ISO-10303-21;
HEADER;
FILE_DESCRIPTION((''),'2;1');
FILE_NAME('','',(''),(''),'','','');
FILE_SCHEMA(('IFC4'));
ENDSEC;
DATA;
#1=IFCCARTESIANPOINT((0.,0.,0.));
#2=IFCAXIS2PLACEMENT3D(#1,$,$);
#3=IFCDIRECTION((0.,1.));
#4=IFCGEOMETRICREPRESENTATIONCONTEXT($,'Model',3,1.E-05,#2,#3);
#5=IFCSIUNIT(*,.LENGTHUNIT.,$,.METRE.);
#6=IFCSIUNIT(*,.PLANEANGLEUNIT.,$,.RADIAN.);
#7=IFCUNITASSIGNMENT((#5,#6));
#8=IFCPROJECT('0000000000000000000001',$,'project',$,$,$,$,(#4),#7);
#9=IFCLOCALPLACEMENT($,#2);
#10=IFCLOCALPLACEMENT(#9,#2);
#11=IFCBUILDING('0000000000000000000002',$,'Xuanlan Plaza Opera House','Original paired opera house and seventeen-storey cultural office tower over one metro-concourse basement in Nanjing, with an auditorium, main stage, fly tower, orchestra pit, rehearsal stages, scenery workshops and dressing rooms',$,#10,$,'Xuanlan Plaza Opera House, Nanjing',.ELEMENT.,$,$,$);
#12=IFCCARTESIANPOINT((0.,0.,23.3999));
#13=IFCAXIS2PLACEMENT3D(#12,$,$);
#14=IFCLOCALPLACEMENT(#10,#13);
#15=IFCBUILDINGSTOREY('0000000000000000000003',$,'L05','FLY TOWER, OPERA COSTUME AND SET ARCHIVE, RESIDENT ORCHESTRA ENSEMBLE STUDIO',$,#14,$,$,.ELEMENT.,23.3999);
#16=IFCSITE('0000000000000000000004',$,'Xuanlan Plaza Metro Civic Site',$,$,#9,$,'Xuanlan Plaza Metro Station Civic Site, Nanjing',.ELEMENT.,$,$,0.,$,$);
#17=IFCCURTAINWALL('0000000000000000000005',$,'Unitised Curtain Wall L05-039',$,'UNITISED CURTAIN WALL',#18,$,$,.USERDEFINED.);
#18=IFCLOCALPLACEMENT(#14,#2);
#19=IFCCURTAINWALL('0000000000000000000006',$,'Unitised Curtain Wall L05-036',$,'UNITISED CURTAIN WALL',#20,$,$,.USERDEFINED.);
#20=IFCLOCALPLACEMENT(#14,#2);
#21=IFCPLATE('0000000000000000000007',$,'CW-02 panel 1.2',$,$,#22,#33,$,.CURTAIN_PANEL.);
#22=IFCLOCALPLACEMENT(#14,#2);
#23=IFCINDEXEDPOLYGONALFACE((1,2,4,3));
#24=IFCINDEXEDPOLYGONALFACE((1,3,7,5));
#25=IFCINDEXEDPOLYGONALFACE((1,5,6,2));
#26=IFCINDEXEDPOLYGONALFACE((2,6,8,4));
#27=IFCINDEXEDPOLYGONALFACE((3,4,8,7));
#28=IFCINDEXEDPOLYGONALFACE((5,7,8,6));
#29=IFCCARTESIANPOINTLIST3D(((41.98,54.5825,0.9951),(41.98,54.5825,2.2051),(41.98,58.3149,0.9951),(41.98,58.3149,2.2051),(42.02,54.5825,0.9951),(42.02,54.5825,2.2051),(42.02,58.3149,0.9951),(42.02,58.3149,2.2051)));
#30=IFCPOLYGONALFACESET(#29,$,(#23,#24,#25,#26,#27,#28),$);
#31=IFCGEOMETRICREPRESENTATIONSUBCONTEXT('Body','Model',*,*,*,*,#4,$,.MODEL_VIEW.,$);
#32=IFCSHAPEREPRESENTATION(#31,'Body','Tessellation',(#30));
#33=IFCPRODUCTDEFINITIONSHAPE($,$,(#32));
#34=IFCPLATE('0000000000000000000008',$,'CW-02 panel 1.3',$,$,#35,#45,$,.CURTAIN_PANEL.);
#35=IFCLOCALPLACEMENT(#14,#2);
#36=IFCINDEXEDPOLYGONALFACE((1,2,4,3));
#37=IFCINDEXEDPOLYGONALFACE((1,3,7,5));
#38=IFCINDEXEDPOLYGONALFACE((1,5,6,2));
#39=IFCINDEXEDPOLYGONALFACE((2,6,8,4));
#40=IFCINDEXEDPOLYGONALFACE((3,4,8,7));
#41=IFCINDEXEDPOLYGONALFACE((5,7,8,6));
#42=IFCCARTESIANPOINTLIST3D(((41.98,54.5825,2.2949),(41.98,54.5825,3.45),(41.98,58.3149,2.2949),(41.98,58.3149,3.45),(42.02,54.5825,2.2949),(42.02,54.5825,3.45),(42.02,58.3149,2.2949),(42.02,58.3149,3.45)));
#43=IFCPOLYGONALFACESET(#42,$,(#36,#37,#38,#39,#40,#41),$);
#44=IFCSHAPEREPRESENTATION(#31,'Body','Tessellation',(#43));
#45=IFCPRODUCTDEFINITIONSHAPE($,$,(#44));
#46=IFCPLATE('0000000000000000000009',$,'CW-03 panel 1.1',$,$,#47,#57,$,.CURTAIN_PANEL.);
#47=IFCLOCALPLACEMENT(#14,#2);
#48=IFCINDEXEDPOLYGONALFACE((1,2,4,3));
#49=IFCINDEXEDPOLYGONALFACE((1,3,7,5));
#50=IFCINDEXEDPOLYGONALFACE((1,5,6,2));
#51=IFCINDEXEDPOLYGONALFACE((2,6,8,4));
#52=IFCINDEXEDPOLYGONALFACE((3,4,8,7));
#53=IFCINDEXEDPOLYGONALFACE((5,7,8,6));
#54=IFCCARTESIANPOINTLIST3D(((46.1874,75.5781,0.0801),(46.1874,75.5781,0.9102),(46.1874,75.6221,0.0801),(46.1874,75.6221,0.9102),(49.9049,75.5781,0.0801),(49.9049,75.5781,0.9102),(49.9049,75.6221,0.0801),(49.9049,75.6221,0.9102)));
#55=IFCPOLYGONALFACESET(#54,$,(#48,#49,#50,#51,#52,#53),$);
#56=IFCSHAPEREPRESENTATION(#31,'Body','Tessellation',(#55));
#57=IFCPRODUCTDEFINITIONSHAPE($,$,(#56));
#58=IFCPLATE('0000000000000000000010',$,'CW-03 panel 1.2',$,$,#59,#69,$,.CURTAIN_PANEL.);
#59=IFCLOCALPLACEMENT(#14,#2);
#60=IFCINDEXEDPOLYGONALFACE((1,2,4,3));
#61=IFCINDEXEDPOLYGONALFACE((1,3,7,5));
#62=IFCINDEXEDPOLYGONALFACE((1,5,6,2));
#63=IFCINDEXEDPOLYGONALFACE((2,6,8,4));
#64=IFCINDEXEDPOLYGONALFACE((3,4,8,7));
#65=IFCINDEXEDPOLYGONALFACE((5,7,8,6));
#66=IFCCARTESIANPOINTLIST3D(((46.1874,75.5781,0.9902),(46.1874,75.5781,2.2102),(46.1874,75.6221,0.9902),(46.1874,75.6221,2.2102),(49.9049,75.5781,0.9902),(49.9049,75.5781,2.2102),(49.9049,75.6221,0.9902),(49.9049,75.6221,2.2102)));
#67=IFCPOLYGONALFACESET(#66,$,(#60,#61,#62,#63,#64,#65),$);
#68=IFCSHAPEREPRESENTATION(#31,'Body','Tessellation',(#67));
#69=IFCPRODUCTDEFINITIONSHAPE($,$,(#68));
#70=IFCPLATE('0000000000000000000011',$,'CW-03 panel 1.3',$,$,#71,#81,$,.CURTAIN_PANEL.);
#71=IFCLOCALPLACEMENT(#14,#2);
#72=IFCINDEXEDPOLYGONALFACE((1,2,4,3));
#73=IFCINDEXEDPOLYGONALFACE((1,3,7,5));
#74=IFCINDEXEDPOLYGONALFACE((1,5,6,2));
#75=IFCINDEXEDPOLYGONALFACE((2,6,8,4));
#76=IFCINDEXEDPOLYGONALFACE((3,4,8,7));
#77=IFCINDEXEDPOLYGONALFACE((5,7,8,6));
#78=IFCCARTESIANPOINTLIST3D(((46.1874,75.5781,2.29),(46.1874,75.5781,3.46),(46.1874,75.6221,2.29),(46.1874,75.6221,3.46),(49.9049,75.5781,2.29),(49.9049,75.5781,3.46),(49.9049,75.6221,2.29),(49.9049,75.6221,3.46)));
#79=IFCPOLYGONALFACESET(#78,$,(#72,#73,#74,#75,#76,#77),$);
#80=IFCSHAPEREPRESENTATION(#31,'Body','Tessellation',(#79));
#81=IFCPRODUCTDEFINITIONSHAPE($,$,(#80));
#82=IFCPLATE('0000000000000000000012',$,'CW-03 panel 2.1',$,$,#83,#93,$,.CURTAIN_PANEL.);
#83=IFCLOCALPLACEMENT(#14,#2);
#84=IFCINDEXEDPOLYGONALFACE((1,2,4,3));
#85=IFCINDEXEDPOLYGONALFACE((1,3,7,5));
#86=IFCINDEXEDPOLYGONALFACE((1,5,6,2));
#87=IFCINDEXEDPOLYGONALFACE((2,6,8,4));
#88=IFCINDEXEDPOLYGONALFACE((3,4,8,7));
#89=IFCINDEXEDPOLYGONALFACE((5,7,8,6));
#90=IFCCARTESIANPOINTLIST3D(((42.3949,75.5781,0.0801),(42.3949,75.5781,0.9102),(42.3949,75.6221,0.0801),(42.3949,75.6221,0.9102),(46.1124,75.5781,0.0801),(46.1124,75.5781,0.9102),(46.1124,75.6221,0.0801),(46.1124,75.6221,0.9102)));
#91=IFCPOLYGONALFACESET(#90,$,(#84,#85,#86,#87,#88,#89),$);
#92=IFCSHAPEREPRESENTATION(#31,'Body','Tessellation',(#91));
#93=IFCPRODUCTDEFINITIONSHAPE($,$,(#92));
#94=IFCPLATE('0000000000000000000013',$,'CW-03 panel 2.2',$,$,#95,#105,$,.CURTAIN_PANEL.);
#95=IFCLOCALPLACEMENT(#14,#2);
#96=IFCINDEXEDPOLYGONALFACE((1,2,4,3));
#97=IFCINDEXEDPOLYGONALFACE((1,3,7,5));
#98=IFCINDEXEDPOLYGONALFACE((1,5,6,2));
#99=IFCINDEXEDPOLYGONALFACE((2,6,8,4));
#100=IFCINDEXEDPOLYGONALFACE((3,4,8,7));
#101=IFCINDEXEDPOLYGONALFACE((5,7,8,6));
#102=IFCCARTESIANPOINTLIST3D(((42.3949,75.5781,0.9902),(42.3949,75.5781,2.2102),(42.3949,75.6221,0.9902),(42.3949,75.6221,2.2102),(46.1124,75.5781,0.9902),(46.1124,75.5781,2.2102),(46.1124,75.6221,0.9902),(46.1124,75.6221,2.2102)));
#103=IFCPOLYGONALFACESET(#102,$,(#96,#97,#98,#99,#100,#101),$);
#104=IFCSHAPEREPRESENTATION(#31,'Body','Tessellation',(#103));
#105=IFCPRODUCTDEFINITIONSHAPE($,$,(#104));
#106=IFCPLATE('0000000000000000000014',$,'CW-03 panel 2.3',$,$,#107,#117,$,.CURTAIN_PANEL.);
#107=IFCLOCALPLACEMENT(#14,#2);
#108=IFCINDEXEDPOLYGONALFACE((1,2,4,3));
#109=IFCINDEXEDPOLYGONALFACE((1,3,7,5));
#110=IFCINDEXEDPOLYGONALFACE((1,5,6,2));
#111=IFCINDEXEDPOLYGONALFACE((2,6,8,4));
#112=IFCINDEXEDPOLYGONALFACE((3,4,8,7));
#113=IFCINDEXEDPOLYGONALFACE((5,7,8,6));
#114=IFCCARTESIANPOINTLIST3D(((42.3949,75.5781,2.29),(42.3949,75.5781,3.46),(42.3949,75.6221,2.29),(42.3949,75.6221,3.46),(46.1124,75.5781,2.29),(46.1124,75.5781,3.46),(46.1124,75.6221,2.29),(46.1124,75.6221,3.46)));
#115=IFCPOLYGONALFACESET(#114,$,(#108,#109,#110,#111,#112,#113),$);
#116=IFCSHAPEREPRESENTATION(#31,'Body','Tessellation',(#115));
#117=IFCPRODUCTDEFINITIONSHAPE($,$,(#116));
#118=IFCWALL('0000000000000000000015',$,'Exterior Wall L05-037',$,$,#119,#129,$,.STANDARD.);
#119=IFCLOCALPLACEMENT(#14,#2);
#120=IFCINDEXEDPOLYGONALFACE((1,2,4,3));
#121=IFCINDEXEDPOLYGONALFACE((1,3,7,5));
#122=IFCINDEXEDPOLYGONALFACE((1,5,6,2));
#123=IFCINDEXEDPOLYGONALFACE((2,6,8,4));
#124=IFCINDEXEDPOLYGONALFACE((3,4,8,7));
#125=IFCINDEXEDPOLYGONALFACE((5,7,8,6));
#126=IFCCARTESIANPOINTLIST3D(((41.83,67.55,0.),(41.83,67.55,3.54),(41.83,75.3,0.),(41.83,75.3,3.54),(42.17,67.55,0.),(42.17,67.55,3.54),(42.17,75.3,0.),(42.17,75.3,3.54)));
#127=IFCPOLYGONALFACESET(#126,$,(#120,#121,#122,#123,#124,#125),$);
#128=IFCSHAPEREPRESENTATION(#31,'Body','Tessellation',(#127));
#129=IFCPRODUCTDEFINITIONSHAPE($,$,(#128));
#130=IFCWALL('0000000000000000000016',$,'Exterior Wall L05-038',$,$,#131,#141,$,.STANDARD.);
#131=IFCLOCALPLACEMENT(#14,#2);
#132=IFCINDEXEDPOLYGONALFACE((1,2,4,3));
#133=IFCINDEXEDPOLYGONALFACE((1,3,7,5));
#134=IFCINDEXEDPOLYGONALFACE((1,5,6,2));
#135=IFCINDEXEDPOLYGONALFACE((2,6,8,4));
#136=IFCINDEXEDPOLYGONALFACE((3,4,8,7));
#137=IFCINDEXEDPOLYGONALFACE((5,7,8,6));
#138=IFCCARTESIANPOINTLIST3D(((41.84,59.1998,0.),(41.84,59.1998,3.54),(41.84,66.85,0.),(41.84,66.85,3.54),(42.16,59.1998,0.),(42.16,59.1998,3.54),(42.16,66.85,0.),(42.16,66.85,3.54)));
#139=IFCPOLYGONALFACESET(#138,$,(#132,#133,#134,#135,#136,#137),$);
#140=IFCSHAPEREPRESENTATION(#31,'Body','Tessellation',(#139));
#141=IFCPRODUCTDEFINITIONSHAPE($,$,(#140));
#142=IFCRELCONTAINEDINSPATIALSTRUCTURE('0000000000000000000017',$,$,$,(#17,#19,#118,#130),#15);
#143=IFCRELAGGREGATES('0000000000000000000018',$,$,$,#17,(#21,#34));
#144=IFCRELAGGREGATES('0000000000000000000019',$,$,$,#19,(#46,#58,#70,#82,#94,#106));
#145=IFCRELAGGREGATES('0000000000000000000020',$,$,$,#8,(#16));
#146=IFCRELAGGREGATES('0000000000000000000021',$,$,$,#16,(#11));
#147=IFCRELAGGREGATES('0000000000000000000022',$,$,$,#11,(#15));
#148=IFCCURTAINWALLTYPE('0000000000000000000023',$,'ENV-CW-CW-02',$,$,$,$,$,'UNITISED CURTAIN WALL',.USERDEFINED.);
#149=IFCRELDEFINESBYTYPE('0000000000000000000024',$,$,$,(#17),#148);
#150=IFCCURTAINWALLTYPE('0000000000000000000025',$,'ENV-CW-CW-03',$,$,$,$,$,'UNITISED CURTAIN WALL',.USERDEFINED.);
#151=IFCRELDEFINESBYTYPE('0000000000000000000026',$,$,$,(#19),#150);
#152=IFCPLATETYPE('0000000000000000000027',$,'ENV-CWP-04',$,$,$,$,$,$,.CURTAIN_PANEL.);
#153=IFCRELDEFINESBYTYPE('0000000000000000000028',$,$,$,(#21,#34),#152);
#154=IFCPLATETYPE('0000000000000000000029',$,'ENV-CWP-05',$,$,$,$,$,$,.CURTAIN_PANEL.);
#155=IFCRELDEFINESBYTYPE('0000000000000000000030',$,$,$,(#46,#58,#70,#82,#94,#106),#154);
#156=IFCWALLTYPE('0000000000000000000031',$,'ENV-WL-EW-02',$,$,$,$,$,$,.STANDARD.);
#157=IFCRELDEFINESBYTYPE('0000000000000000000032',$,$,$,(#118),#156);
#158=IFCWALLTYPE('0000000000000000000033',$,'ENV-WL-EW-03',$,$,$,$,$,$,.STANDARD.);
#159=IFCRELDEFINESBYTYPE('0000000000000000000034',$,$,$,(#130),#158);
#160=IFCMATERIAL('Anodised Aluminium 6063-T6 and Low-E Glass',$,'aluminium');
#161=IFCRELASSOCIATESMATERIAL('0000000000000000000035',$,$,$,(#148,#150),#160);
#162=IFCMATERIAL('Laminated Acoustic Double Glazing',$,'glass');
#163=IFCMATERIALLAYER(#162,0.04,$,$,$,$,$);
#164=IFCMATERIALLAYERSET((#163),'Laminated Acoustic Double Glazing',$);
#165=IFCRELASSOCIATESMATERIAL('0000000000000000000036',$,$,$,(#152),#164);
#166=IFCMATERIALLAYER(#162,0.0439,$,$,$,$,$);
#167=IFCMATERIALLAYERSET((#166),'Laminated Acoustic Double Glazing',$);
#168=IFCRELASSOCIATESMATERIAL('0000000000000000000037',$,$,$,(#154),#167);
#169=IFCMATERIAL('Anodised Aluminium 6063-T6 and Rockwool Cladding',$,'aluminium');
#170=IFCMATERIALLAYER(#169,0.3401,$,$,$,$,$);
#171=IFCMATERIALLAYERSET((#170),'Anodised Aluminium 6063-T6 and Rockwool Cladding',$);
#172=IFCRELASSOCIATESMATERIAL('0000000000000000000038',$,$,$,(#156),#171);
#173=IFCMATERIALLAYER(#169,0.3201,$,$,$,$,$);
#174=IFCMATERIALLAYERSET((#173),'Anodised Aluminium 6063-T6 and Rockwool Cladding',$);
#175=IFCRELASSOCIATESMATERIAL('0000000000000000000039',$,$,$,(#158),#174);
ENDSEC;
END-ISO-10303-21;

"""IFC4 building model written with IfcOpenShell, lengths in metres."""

from ifc_helpers import new_model, si_unit, direction, frame, frame_2d, origin, origin_2d, place, context, subcontext, project, spatial, rectangle, extrude, material, layer, layer_set, type_object, element, aggregate, save


model = new_model("IFC4")

# Units and contexts
model_context = context("Model", 3, precision=1e-05, world=origin(), true_north=direction((0.0, 1.0)))
body_context = subcontext(model_context, "Body", "Model", "MODEL_VIEW")
ifc_project = project(units=[si_unit("LENGTHUNIT", "METRE"), si_unit("PLANEANGLEUNIT", "RADIAN")], contexts=[model_context])

# Site, building, storey
site_placement = place(None, origin())
site = spatial("IfcSite", under=ifc_project, at=site_placement, Name="Xuanlan Plaza Metro Civic Site", LongName="Xuanlan Plaza Metro Station Civic Site, Nanjing", CompositionType="ELEMENT", RefElevation=0.0)
building_placement = place(site_placement, origin())
building = spatial("IfcBuilding", under=site, at=building_placement, Name="Xuanlan Plaza Opera House", Description="Original paired opera house and seventeen-storey cultural office tower over one metro-concourse basement in Nanjing, with an auditorium, main stage, fly tower, orchestra pit, rehearsal stages, scenery workshops and dressing rooms", LongName="Xuanlan Plaza Opera House, Nanjing", CompositionType="ELEMENT")
storey_placement = place(building_placement, frame((0.0, 0.0, 23.3999)))
storey = spatial("IfcBuildingStorey", under=building, at=storey_placement, Name="L05", Description="FLY TOWER, OPERA COSTUME AND SET ARCHIVE, RESIDENT ORCHESTRA ENSEMBLE STUDIO", CompositionType="ELEMENT", Elevation=23.3999)

# Curtain walls
ifc_material_1 = material(Name="Anodised Aluminium 6063-T6 and Low-E Glass", Category="aluminium")
curtain_wall_type_1 = type_object("IfcCurtainWallType", Name="ENV-CW-CW-02", ElementType="UNITISED CURTAIN WALL", PredefinedType="USERDEFINED", material=ifc_material_1)
curtain_wall_1_placement = place(storey_placement, origin())
curtain_wall_1 = element("IfcCurtainWall", 1, at=curtain_wall_1_placement, inside=storey, type_object=curtain_wall_type_1, Name="Unitised Curtain Wall L05-039", ObjectType="UNITISED CURTAIN WALL", PredefinedType="USERDEFINED")
curtain_wall_type_2 = type_object("IfcCurtainWallType", Name="ENV-CW-CW-03", ElementType="UNITISED CURTAIN WALL", PredefinedType="USERDEFINED", material=ifc_material_1)
curtain_wall_2_placement = place(storey_placement, origin())
curtain_wall_2 = element("IfcCurtainWall", 2, at=curtain_wall_2_placement, inside=storey, type_object=curtain_wall_type_2, Name="Unitised Curtain Wall L05-036", ObjectType="UNITISED CURTAIN WALL", PredefinedType="USERDEFINED")

# Plates
ifc_material_2 = material(Name="Laminated Acoustic Double Glazing", Category="glass")
ifc_layer_1 = layer(ifc_material_2, 0.04)
ifc_layer_set_1 = layer_set([ifc_layer_1], Name="Laminated Acoustic Double Glazing")
plate_type_1 = type_object("IfcPlateType", Name="ENV-CWP-04", PredefinedType="CURTAIN_PANEL", material=ifc_layer_set_1)
plate_1_placement = place(storey_placement, frame((42.0, 56.4487, 0.9951), z_axis=(0.0, 0.0, 1.0), x_axis=(0.0, -1.0, 0.0)))
plate_1 = element("IfcPlate", 3, at=plate_1_placement, type_object=plate_type_1, Name="CW-02 panel 1.2", PredefinedType="CURTAIN_PANEL", context=body_context, shape_type="SweptSolid", body=[
    extrude(rectangle(XDim=3.7324, YDim=0.04, at=origin_2d()), origin(), (0.0, 0.0, 1.0), 1.21),
])
plate_2_placement = place(storey_placement, frame((42.0, 56.4487, 2.2949), z_axis=(0.0, 0.0, 1.0), x_axis=(0.0, -1.0, 0.0)))
plate_2 = element("IfcPlate", 4, at=plate_2_placement, type_object=plate_type_1, Name="CW-02 panel 1.3", PredefinedType="CURTAIN_PANEL", context=body_context, shape_type="SweptSolid", body=[
    extrude(rectangle(XDim=3.7324, YDim=0.04, at=origin_2d()), origin(), (0.0, 0.0, 1.0), 1.155),
])
aggregate(curtain_wall_1, [plate_1, plate_2])
ifc_layer_2 = layer(ifc_material_2, 0.0439)
ifc_layer_set_2 = layer_set([ifc_layer_2], Name="Laminated Acoustic Double Glazing")
plate_type_2 = type_object("IfcPlateType", Name="ENV-CWP-05", PredefinedType="CURTAIN_PANEL", material=ifc_layer_set_2)
plate_3_placement = place(storey_placement, frame((48.0461, 75.6001, 0.0801), z_axis=(0.0, 0.0, 1.0), x_axis=(-1.0, 0.0, 0.0)))
plate_3 = element("IfcPlate", 5, at=plate_3_placement, type_object=plate_type_2, Name="CW-03 panel 1.1", PredefinedType="CURTAIN_PANEL", context=body_context, shape_type="SweptSolid", body=[
    extrude(rectangle(XDim=3.7175, YDim=0.0439, at=origin_2d()), origin(), (0.0, 0.0, 1.0), 0.8301),
])
plate_4_placement = place(storey_placement, frame((48.0461, 75.6001, 0.9902), z_axis=(0.0, 0.0, 1.0), x_axis=(-1.0, 0.0, 0.0)))
plate_4 = element("IfcPlate", 6, at=plate_4_placement, type_object=plate_type_2, Name="CW-03 panel 1.2", PredefinedType="CURTAIN_PANEL", context=body_context, shape_type="SweptSolid", body=[
    extrude(rectangle(XDim=3.7175, YDim=0.0439, at=origin_2d()), origin(), (0.0, 0.0, 1.0), 1.22),
])
plate_5_placement = place(storey_placement, frame((48.0461, 75.6001, 2.29), z_axis=(0.0, 0.0, 1.0), x_axis=(-1.0, 0.0, 0.0)))
plate_5 = element("IfcPlate", 7, at=plate_5_placement, type_object=plate_type_2, Name="CW-03 panel 1.3", PredefinedType="CURTAIN_PANEL", context=body_context, shape_type="SweptSolid", body=[
    extrude(rectangle(XDim=3.7175, YDim=0.0439, at=origin_2d()), origin(), (0.0, 0.0, 1.0), 1.1699),
])
plate_6_placement = place(storey_placement, frame((44.2537, 75.6001, 0.0801), z_axis=(0.0, 0.0, 1.0), x_axis=(-1.0, 0.0, 0.0)))
plate_6 = element("IfcPlate", 8, at=plate_6_placement, type_object=plate_type_2, Name="CW-03 panel 2.1", PredefinedType="CURTAIN_PANEL", context=body_context, shape_type="SweptSolid", body=[
    extrude(rectangle(XDim=3.7175, YDim=0.0439, at=origin_2d()), origin(), (0.0, 0.0, 1.0), 0.8301),
])
plate_7_placement = place(storey_placement, frame((44.2537, 75.6001, 0.9902), z_axis=(0.0, 0.0, 1.0), x_axis=(-1.0, 0.0, 0.0)))
plate_7 = element("IfcPlate", 9, at=plate_7_placement, type_object=plate_type_2, Name="CW-03 panel 2.2", PredefinedType="CURTAIN_PANEL", context=body_context, shape_type="SweptSolid", body=[
    extrude(rectangle(XDim=3.7175, YDim=0.0439, at=origin_2d()), origin(), (0.0, 0.0, 1.0), 1.22),
])
plate_8_placement = place(storey_placement, frame((44.2537, 75.6001, 2.29), z_axis=(0.0, 0.0, 1.0), x_axis=(-1.0, 0.0, 0.0)))
plate_8 = element("IfcPlate", 10, at=plate_8_placement, type_object=plate_type_2, Name="CW-03 panel 2.3", PredefinedType="CURTAIN_PANEL", context=body_context, shape_type="SweptSolid", body=[
    extrude(rectangle(XDim=3.7175, YDim=0.0439, at=origin_2d()), origin(), (0.0, 0.0, 1.0), 1.1699),
])
aggregate(curtain_wall_2, [plate_3, plate_4, plate_5, plate_6, plate_7, plate_8])

# Walls
ifc_material_3 = material(Name="Anodised Aluminium 6063-T6 and Rockwool Cladding", Category="aluminium")
ifc_layer_3 = layer(ifc_material_3, 0.3401)
ifc_layer_set_3 = layer_set([ifc_layer_3], Name="Anodised Aluminium 6063-T6 and Rockwool Cladding")
wall_type_1 = type_object("IfcWallType", Name="ENV-WL-EW-02", PredefinedType="STANDARD", material=ifc_layer_set_3)
wall_1_placement = place(storey_placement, frame((42.0, 75.3, 0.0), z_axis=(0.0, 0.0, 1.0), x_axis=(0.0, -1.0, 0.0)))
element("IfcWall", 11, at=wall_1_placement, inside=storey, type_object=wall_type_1, Name="Exterior Wall L05-037", PredefinedType="STANDARD", context=body_context, shape_type="SweptSolid", body=[
    extrude(rectangle(XDim=7.75, YDim=0.3401, at=frame_2d((3.875, 0.0))), origin(), (0.0, 0.0, 1.0), 3.54),
])
ifc_layer_4 = layer(ifc_material_3, 0.3201)
ifc_layer_set_4 = layer_set([ifc_layer_4], Name="Anodised Aluminium 6063-T6 and Rockwool Cladding")
wall_type_2 = type_object("IfcWallType", Name="ENV-WL-EW-03", PredefinedType="STANDARD", material=ifc_layer_set_4)
wall_2_placement = place(storey_placement, frame((42.0, 66.8501, 0.0), z_axis=(0.0, 0.0, 1.0), x_axis=(0.0, -1.0, 0.0)))
element("IfcWall", 12, at=wall_2_placement, inside=storey, type_object=wall_type_2, Name="Exterior Wall L05-038", PredefinedType="STANDARD", context=body_context, shape_type="SweptSolid", body=[
    extrude(rectangle(XDim=7.6501, YDim=0.3201, at=frame_2d((3.8252, 0.0))), origin(), (0.0, 0.0, 1.0), 3.54),
])

save(model, "model.ifc")
